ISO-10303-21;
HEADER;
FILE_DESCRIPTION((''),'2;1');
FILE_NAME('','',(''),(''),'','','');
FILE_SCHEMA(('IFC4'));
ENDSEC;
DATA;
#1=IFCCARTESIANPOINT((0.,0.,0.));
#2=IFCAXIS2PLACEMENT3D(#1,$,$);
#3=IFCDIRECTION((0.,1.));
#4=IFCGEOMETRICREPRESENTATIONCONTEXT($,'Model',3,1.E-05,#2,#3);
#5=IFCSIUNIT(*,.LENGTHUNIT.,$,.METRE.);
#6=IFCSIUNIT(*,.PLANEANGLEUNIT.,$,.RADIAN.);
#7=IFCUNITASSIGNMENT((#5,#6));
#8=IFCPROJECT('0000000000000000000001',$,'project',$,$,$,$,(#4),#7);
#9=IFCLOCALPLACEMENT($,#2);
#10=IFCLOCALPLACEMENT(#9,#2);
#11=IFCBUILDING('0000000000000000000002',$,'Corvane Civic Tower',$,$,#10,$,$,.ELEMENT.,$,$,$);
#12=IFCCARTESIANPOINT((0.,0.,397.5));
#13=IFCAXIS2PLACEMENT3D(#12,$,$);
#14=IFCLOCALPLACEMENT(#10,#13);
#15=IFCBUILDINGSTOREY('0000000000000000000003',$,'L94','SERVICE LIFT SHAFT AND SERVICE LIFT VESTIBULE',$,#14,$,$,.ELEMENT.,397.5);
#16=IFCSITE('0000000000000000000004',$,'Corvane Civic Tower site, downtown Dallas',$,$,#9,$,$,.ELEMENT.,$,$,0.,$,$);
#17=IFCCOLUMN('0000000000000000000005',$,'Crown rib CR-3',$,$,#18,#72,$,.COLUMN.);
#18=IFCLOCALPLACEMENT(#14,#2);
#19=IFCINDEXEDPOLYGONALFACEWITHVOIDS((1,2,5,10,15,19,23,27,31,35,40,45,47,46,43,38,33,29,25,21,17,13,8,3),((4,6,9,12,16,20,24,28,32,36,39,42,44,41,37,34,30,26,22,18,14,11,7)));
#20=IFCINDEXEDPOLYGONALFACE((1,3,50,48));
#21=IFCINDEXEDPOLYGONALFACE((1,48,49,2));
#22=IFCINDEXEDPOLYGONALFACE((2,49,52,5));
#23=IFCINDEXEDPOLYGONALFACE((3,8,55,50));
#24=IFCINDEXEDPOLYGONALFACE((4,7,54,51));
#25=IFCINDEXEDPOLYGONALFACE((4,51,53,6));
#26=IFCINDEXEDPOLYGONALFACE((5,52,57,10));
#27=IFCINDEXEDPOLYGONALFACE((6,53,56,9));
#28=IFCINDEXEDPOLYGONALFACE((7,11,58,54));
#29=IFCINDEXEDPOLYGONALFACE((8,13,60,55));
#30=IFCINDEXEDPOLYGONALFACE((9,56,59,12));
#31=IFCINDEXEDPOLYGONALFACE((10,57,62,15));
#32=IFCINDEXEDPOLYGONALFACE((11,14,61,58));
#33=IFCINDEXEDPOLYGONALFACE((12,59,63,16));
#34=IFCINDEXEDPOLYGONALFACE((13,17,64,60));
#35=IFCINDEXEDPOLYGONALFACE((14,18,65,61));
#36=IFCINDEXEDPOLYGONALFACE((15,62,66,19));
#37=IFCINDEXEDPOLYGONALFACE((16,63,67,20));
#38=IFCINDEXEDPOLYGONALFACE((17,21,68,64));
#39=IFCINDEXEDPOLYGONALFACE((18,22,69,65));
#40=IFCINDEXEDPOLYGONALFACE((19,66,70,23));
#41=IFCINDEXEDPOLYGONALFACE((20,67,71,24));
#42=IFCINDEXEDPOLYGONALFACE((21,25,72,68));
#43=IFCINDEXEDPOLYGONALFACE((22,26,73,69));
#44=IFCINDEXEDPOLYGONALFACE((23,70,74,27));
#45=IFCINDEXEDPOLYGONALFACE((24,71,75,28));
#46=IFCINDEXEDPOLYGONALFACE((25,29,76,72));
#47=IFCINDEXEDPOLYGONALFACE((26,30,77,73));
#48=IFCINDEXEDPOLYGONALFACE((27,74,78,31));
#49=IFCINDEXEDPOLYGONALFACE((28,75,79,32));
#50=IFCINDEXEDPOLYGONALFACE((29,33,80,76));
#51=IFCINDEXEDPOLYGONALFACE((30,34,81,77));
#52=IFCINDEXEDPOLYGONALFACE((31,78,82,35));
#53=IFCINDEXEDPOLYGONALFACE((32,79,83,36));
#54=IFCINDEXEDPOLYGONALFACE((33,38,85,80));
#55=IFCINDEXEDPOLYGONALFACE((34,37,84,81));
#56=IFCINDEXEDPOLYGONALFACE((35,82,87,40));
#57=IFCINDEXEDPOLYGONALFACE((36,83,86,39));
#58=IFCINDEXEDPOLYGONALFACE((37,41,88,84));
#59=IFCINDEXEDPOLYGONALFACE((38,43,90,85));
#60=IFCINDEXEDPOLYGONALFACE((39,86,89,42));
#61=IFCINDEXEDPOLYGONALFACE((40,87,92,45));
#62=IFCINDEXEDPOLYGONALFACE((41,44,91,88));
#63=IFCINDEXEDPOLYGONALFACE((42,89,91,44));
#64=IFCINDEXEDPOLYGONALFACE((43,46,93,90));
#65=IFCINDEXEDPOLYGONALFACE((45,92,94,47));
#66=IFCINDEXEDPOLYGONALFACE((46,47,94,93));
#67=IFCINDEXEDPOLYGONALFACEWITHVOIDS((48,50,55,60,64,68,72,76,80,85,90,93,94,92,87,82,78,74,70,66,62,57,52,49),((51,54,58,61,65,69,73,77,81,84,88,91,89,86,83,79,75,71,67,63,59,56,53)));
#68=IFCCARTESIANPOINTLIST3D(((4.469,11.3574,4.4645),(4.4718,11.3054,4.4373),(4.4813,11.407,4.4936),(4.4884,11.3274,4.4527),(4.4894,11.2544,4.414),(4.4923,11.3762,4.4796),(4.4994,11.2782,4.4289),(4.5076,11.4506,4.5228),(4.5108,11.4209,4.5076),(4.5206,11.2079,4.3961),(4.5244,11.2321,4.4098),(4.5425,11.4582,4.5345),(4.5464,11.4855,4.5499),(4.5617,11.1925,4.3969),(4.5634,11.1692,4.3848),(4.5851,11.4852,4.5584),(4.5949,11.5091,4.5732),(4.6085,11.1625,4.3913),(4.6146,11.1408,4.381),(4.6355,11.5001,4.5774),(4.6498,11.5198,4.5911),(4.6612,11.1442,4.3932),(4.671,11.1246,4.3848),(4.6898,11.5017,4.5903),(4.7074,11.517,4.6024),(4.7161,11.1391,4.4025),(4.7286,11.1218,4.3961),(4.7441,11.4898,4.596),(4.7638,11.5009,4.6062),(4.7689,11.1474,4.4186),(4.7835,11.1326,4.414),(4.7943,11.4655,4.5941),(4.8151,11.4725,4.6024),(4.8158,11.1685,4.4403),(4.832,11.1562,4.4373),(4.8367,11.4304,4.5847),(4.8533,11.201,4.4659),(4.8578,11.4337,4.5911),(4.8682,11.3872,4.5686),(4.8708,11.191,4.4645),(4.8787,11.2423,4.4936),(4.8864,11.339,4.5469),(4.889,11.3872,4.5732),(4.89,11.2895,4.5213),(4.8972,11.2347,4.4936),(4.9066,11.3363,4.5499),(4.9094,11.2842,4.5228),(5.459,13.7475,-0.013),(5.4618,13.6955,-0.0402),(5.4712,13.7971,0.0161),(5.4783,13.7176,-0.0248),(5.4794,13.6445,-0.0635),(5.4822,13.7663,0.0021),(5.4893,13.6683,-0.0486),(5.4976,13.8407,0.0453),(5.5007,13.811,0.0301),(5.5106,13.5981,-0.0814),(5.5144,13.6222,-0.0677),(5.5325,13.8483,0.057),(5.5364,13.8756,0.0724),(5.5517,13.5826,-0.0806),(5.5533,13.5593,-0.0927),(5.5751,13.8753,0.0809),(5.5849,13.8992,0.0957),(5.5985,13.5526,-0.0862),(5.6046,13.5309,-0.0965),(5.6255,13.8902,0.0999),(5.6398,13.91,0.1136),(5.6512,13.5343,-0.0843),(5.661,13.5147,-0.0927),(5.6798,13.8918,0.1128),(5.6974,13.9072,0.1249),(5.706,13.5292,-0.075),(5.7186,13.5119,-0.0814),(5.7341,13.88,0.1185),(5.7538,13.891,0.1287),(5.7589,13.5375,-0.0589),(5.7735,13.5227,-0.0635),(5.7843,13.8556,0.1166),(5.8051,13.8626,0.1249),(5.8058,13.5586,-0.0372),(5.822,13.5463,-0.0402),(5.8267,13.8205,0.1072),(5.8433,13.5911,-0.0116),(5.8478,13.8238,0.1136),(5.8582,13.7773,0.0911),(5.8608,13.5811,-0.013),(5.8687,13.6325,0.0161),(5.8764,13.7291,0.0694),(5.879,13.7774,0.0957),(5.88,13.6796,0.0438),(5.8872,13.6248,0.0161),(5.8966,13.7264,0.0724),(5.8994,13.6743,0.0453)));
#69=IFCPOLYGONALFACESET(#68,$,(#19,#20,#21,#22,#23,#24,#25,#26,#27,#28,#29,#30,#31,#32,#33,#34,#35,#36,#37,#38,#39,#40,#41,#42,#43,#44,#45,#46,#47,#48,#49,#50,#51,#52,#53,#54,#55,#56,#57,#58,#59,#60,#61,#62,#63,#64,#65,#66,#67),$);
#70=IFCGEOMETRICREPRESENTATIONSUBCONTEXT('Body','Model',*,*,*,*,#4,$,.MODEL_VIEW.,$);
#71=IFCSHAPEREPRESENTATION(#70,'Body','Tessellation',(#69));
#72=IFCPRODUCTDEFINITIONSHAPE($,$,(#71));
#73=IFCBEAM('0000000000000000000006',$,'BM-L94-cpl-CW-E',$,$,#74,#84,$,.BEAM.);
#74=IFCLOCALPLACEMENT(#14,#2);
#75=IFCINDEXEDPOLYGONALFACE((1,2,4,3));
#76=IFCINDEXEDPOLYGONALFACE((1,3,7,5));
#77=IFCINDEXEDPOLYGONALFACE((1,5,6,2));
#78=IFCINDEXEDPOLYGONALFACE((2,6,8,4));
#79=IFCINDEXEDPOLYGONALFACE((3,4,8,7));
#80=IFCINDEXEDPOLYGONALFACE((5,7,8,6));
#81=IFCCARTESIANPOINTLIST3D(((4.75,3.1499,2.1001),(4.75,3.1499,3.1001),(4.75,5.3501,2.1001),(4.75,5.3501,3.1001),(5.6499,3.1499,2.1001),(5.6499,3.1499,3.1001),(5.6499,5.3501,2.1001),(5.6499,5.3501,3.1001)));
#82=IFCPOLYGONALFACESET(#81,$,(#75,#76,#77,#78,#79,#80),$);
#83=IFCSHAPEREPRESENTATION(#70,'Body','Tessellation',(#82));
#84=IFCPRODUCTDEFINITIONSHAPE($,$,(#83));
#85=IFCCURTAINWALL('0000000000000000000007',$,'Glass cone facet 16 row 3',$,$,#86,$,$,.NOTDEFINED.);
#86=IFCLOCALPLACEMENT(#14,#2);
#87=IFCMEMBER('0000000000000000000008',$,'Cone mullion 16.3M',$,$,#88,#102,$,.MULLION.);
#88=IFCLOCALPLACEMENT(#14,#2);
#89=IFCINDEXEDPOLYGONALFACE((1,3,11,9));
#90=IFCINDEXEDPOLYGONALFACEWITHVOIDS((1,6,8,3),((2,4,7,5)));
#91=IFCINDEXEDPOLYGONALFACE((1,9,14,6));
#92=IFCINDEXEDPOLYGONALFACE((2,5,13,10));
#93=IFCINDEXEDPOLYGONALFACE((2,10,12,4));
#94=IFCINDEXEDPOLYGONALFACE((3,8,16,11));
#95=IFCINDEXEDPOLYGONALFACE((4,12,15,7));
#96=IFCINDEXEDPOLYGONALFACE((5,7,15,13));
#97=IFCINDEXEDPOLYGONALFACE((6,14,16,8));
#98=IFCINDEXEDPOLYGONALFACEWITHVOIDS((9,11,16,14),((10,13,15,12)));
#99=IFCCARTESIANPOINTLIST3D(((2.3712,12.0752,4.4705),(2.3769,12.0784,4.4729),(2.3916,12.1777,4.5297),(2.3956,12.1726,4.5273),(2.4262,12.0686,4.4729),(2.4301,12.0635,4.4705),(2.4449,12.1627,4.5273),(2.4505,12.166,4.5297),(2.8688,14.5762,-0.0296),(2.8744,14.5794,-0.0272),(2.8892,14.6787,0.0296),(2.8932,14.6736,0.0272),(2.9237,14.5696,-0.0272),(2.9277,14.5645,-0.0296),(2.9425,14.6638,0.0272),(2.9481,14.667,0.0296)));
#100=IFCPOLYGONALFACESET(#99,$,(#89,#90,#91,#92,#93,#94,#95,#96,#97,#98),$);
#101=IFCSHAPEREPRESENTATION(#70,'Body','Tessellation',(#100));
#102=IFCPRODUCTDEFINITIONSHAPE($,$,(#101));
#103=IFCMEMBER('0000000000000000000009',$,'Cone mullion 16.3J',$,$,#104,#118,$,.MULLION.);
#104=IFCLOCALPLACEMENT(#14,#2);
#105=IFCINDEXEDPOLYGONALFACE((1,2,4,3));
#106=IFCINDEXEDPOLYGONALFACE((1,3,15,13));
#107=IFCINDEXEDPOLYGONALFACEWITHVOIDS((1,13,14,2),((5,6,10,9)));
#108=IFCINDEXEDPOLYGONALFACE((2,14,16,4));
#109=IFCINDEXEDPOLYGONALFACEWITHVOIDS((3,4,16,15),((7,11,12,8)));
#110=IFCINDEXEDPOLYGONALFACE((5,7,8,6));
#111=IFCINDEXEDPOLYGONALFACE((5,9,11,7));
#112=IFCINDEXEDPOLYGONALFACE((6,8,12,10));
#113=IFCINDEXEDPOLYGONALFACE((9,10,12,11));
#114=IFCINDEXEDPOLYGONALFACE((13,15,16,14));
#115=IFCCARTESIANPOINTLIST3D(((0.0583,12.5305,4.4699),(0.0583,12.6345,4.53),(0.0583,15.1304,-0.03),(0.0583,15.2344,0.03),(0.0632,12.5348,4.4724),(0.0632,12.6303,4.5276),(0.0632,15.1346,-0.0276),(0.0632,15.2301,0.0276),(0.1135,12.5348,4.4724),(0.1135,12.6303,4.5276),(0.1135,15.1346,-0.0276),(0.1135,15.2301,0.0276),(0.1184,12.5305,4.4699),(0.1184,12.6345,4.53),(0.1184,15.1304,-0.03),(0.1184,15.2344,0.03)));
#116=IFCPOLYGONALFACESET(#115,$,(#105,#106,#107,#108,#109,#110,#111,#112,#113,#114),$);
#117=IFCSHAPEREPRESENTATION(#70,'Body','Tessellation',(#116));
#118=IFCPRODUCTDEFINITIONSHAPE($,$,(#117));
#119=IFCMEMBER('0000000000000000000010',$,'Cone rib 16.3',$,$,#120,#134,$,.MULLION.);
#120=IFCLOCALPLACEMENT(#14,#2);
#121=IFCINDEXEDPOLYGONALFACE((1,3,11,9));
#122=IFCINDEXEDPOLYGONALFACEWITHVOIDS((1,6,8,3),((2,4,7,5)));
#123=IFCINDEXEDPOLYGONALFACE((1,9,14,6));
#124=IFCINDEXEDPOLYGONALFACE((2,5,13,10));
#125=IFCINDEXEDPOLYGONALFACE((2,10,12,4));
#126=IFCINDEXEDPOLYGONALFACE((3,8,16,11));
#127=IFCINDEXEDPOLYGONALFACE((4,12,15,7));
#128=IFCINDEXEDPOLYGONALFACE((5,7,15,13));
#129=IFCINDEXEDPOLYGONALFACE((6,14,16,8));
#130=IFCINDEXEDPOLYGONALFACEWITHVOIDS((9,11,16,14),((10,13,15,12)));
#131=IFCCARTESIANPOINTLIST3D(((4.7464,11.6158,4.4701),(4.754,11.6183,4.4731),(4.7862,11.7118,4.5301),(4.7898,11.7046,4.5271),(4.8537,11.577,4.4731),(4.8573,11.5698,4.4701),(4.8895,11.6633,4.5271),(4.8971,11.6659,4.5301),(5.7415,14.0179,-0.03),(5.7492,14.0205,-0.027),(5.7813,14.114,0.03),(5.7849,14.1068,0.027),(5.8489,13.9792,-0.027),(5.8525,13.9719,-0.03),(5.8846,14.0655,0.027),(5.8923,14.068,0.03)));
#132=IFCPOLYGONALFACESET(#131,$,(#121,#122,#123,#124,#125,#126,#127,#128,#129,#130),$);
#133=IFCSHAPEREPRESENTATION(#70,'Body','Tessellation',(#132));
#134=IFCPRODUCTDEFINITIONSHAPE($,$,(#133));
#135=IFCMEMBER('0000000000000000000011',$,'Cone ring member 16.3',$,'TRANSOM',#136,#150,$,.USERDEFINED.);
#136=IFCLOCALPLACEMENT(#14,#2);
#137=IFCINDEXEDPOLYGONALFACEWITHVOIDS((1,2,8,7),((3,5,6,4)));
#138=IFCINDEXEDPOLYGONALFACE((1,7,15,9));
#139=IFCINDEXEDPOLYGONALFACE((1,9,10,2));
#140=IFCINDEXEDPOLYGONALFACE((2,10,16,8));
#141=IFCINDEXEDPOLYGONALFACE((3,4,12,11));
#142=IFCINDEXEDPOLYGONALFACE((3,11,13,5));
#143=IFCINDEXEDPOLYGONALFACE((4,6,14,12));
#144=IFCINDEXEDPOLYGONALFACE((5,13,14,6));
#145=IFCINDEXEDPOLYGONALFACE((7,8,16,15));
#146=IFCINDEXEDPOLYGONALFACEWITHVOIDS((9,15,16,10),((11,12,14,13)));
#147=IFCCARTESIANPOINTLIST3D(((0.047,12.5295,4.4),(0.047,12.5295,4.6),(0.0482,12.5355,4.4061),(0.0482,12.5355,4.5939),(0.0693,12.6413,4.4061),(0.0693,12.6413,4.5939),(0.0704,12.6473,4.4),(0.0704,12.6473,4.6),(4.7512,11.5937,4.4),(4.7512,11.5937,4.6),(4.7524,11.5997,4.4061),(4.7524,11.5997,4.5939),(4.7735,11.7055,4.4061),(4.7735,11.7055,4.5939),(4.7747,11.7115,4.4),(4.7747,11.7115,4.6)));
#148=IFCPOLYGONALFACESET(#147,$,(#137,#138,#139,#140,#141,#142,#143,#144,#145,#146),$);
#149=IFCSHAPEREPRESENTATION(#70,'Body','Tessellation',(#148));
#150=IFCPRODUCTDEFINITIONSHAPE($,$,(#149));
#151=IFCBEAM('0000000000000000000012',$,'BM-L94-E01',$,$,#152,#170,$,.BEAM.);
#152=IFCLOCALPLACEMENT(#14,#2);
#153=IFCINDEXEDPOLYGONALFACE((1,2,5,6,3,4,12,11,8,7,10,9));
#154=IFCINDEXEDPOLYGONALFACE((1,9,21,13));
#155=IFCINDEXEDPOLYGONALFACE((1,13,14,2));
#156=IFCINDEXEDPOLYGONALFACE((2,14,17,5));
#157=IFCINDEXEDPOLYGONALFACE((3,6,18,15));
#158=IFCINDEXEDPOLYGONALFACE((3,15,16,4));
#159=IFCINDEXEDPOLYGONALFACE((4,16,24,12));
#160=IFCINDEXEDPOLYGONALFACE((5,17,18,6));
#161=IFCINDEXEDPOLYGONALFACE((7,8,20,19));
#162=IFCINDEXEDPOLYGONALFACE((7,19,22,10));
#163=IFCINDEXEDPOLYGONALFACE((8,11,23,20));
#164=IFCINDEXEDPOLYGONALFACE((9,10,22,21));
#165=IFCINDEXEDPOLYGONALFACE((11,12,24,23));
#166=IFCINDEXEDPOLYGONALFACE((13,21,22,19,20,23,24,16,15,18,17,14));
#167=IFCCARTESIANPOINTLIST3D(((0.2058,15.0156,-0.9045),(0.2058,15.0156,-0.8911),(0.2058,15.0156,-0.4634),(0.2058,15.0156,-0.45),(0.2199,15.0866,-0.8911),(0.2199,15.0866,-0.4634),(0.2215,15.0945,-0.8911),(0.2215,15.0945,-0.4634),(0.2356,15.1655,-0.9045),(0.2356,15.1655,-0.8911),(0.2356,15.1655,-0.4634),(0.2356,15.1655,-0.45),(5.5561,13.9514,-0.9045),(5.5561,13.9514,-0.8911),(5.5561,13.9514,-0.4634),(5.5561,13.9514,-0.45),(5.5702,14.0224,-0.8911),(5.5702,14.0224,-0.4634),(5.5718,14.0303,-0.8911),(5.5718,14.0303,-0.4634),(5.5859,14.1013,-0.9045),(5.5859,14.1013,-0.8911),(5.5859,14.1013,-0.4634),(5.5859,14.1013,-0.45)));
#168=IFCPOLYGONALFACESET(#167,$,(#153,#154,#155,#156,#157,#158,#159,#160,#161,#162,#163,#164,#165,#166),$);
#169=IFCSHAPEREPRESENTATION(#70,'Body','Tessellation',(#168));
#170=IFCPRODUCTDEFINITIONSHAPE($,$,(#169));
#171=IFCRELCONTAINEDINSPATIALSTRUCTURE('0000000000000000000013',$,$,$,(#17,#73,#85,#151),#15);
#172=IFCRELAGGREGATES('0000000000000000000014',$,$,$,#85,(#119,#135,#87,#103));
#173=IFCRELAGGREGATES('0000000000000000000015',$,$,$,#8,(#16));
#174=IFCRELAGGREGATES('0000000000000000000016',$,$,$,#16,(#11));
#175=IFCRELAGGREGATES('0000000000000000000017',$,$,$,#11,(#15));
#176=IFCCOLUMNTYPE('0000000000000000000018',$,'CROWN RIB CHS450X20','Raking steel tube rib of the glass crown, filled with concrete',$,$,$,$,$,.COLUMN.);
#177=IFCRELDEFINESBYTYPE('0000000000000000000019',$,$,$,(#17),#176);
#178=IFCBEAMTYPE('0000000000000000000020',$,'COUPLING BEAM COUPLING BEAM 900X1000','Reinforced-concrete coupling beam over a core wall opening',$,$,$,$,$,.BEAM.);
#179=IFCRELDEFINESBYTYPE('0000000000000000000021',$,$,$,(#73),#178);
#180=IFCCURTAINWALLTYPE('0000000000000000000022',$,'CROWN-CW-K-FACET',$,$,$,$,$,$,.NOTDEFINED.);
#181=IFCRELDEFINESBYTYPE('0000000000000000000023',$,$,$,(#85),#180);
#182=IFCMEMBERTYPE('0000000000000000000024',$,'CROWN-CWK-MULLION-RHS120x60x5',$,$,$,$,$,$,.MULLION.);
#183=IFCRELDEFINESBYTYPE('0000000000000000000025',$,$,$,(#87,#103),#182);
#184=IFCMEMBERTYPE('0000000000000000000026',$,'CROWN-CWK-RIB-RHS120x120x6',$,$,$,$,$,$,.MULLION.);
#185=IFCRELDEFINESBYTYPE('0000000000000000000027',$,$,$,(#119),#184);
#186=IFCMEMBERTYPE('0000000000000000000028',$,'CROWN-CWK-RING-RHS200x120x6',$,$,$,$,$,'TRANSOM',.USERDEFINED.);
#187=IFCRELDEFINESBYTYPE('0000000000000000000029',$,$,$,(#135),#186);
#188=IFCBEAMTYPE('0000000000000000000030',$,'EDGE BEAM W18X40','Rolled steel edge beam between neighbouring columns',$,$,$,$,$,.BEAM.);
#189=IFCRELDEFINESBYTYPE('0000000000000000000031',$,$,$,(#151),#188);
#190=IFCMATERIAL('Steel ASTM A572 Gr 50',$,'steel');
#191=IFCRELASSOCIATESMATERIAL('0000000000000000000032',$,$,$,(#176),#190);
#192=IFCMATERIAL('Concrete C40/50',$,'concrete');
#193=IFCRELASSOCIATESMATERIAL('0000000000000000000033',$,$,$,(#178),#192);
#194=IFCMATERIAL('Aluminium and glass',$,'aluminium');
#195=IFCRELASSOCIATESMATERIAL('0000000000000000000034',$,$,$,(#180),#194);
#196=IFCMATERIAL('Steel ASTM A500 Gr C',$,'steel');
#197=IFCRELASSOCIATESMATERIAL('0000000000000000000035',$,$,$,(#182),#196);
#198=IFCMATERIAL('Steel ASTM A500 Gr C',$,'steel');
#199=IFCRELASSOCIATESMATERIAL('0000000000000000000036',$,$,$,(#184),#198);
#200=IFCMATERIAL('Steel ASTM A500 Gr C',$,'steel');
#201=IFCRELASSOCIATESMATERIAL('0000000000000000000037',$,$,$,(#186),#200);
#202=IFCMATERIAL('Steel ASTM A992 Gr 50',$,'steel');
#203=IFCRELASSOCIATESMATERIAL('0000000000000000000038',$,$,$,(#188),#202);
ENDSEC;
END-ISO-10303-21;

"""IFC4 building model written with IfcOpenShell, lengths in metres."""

from ifc_helpers import new_model, si_unit, direction, frame, origin, origin_2d, place, context, subcontext, project, spatial, rectangle, hollow_rectangle, hollow_circle, i_section, extrude, material, material_profile, profile_set, type_object, element, aggregate, save


model = new_model("IFC4")

# Units and contexts
model_context = context("Model", 3, precision=1e-05, world=origin(), true_north=direction((0.0, 1.0)))
body_context = subcontext(model_context, "Body", "Model", "MODEL_VIEW")
ifc_project = project(units=[si_unit("LENGTHUNIT", "METRE"), si_unit("PLANEANGLEUNIT", "RADIAN")], contexts=[model_context])

# Site, building, storey
site_placement = place(None, origin())
site = spatial("IfcSite", under=ifc_project, at=site_placement, Name="Corvane Civic Tower site, downtown Dallas", CompositionType="ELEMENT", RefElevation=0.0)
building_placement = place(site_placement, origin())
building = spatial("IfcBuilding", under=site, at=building_placement, Name="Corvane Civic Tower", CompositionType="ELEMENT")
storey_placement = place(building_placement, frame((0.0, 0.0, 397.5)))
storey = spatial("IfcBuildingStorey", under=building, at=storey_placement, Name="L94", Description="SERVICE LIFT SHAFT AND SERVICE LIFT VESTIBULE", CompositionType="ELEMENT", Elevation=397.5)

# Column
ifc_material_1 = material(Name="Steel ASTM A572 Gr 50", Category="steel")
ifc_material_profile_1 = material_profile(ifc_material_1, hollow_circle(Radius=0.2251, WallThickness=0.02, at=origin_2d()), Name="CHS450X20")
ifc_profile_set_1 = profile_set([ifc_material_profile_1], Name="Steel ASTM A572 Gr 50")
column_type = type_object("IfcColumnType", Name="CROWN RIB CHS450X20", Description="Raking steel tube rib of the glass crown, filled with concrete", PredefinedType="COLUMN", material=ifc_profile_set_1)
column_placement = place(storey_placement, frame((5.6792, 13.7109, 0.0161), z_axis=(-0.191443, -0.462203, 0.865863), x_axis=(0.923885, -0.382671, 0.0)))
element("IfcColumn", 1, at=column_placement, inside=storey, type_object=column_type, Name="Crown rib CR-3", PredefinedType="COLUMN", context=body_context, shape_type="SweptSolid", body=[
    extrude(hollow_circle(Radius=0.2251, WallThickness=0.02, at=origin_2d()), origin(), (0.0, 0.0, 1.0), 5.1711),
])

# Beam
ifc_material_2 = material(Name="Concrete C40/50", Category="concrete")
ifc_material_profile_2 = material_profile(ifc_material_2, rectangle(XDim=0.8999, YDim=1.0, at=origin_2d()), Name="COUPLING BEAM 900X1000")
ifc_profile_set_2 = profile_set([ifc_material_profile_2], Name="Concrete C40/50")
beam_type_1 = type_object("IfcBeamType", Name="COUPLING BEAM COUPLING BEAM 900X1000", Description="Reinforced-concrete coupling beam over a core wall opening", PredefinedType="BEAM", material=ifc_profile_set_2)
beam_1_placement = place(storey_placement, frame((5.2, 3.1499, 2.6001), z_axis=(0.0, 1.0, 0.0), x_axis=(-1.0, 0.0, 0.0)))
element("IfcBeam", 2, at=beam_1_placement, inside=storey, type_object=beam_type_1, Name="BM-L94-cpl-CW-E", PredefinedType="BEAM", context=body_context, shape_type="SweptSolid", body=[
    extrude(rectangle(XDim=0.8999, YDim=1.0, at=origin_2d()), origin(), (0.0, 0.0, 1.0), 2.2002),
])

# Curtain wall, members
ifc_material_3 = material(Name="Aluminium and glass", Category="aluminium")
curtain_wall_type = type_object("IfcCurtainWallType", Name="CROWN-CW-K-FACET", PredefinedType="NOTDEFINED", material=ifc_material_3)
curtain_wall_placement = place(storey_placement, origin())
curtain_wall = element("IfcCurtainWall", 3, at=curtain_wall_placement, inside=storey, type_object=curtain_wall_type, Name="Glass cone facet 16 row 3", PredefinedType="NOTDEFINED")
ifc_material_4 = material(Name="Steel ASTM A500 Gr C", Category="steel")
ifc_material_profile_3 = material_profile(ifc_material_4, hollow_rectangle(XDim=0.0601, YDim=0.1201, WallThickness=0.0049, at=origin_2d()), Name="RHS 120x60x5")
ifc_profile_set_3 = profile_set([ifc_material_profile_3], Name="Steel ASTM A500 Gr C")
member_type_1 = type_object("IfcMemberType", Name="CROWN-CWK-MULLION-RHS120x60x5", PredefinedType="MULLION", material=ifc_profile_set_3)
member_1_placement = place(storey_placement, frame((2.9084, 14.6216, 0.0), z_axis=(-0.096197, -0.483535, 0.870023), x_axis=(0.980779, -0.195122, 0.0)))
member_1 = element("IfcMember", 4, at=member_1_placement, type_object=member_type_1, Name="Cone mullion 16.3M", PredefinedType="MULLION", context=body_context, shape_type="SweptSolid", body=[
    extrude(hollow_rectangle(XDim=0.0601, YDim=0.1201, WallThickness=0.0049, at=origin_2d()), origin(), (0.0, 0.0, 1.0), 5.1724),
])
member_2_placement = place(storey_placement, frame((0.0884, 15.1824, 0.0), z_axis=(0.0, -0.500256, 0.865877), x_axis=(1.0, 0.0, 0.0)))
member_2 = element("IfcMember", 5, at=member_2_placement, type_object=member_type_1, Name="Cone mullion 16.3J", PredefinedType="MULLION", context=body_context, shape_type="SweptSolid", body=[
    extrude(hollow_rectangle(XDim=0.0601, YDim=0.1201, WallThickness=0.0049, at=origin_2d()), origin(), (0.0, 0.0, 1.0), 5.197),
])
ifc_material_5 = material(Name="Steel ASTM A500 Gr C", Category="steel")
ifc_material_profile_4 = material_profile(ifc_material_5, hollow_rectangle(XDim=0.1201, YDim=0.1201, WallThickness=0.0061, at=origin_2d()), Name="RHS 120x120x6")
ifc_profile_set_4 = profile_set([ifc_material_profile_4], Name="Steel ASTM A500 Gr C")
member_type_2 = type_object("IfcMemberType", Name="CROWN-CWK-RIB-RHS120x120x6", PredefinedType="MULLION", material=ifc_profile_set_4)
member_3_placement = place(storey_placement, frame((5.8169, 14.043, 0.0), z_axis=(-0.191474, -0.462196, 0.86586), x_axis=(0.923861, -0.382728, 0.0)))
member_3 = element("IfcMember", 6, at=member_3_placement, type_object=member_type_2, Name="Cone rib 16.3", PredefinedType="MULLION", context=body_context, shape_type="SweptSolid", body=[
    extrude(hollow_rectangle(XDim=0.1201, YDim=0.1201, WallThickness=0.0061, at=origin_2d()), origin(), (0.0, 0.0, 1.0), 5.1973),
])
ifc_material_6 = material(Name="Steel ASTM A500 Gr C", Category="steel")
ifc_material_profile_5 = material_profile(ifc_material_6, hollow_rectangle(XDim=0.1201, YDim=0.2, WallThickness=0.0061, at=origin_2d()), Name="RHS 200x120x6")
ifc_profile_set_5 = profile_set([ifc_material_profile_5], Name="Steel ASTM A500 Gr C")
member_type_3 = type_object("IfcMemberType", Name="CROWN-CWK-RING-RHS200x120x6", ElementType="TRANSOM", PredefinedType="USERDEFINED", material=ifc_profile_set_5)
member_4_placement = place(storey_placement, frame((4.7629, 11.6526, 4.5), z_axis=(-0.980782, 0.195108, 0.0), x_axis=(-0.195108, -0.980782, 0.0)))
member_4 = element("IfcMember", 7, at=member_4_placement, type_object=member_type_3, Name="Cone ring member 16.3", ObjectType="TRANSOM", PredefinedType="USERDEFINED", context=body_context, shape_type="SweptSolid", body=[
    extrude(hollow_rectangle(XDim=0.1201, YDim=0.2, WallThickness=0.0061, at=origin_2d()), origin(), (0.0, 0.0, 1.0), 4.7964),
])

# Beam
ifc_material_7 = material(Name="Steel ASTM A992 Gr 50", Category="steel")
ifc_material_profile_6 = material_profile(ifc_material_7, i_section(OverallWidth=0.1528, OverallDepth=0.4546, WebThickness=0.0081, FlangeThickness=0.0134, at=origin_2d()), Name="W18X40")
ifc_profile_set_6 = profile_set([ifc_material_profile_6], Name="Steel ASTM A992 Gr 50")
beam_type_2 = type_object("IfcBeamType", Name="EDGE BEAM W18X40", Description="Rolled steel edge beam between neighbouring columns", PredefinedType="BEAM", material=ifc_profile_set_6)
beam_2_placement = place(storey_placement, frame((0.2207, 15.0906, -0.6772), z_axis=(0.980787, -0.195083, 0.0), x_axis=(0.195083, 0.980787, 0.0)))
element("IfcBeam", 8, at=beam_2_placement, inside=storey, type_object=beam_type_2, Name="BM-L94-E01", PredefinedType="BEAM", context=body_context, shape_type="SweptSolid", body=[
    extrude(i_section(OverallWidth=0.1528, OverallDepth=0.4546, WebThickness=0.0081, FlangeThickness=0.0134, at=origin_2d()), origin(), (0.0, 0.0, 1.0), 5.4551),
])

aggregate(curtain_wall, [member_3, member_4, member_1, member_2])

save(model, "model.ifc")
